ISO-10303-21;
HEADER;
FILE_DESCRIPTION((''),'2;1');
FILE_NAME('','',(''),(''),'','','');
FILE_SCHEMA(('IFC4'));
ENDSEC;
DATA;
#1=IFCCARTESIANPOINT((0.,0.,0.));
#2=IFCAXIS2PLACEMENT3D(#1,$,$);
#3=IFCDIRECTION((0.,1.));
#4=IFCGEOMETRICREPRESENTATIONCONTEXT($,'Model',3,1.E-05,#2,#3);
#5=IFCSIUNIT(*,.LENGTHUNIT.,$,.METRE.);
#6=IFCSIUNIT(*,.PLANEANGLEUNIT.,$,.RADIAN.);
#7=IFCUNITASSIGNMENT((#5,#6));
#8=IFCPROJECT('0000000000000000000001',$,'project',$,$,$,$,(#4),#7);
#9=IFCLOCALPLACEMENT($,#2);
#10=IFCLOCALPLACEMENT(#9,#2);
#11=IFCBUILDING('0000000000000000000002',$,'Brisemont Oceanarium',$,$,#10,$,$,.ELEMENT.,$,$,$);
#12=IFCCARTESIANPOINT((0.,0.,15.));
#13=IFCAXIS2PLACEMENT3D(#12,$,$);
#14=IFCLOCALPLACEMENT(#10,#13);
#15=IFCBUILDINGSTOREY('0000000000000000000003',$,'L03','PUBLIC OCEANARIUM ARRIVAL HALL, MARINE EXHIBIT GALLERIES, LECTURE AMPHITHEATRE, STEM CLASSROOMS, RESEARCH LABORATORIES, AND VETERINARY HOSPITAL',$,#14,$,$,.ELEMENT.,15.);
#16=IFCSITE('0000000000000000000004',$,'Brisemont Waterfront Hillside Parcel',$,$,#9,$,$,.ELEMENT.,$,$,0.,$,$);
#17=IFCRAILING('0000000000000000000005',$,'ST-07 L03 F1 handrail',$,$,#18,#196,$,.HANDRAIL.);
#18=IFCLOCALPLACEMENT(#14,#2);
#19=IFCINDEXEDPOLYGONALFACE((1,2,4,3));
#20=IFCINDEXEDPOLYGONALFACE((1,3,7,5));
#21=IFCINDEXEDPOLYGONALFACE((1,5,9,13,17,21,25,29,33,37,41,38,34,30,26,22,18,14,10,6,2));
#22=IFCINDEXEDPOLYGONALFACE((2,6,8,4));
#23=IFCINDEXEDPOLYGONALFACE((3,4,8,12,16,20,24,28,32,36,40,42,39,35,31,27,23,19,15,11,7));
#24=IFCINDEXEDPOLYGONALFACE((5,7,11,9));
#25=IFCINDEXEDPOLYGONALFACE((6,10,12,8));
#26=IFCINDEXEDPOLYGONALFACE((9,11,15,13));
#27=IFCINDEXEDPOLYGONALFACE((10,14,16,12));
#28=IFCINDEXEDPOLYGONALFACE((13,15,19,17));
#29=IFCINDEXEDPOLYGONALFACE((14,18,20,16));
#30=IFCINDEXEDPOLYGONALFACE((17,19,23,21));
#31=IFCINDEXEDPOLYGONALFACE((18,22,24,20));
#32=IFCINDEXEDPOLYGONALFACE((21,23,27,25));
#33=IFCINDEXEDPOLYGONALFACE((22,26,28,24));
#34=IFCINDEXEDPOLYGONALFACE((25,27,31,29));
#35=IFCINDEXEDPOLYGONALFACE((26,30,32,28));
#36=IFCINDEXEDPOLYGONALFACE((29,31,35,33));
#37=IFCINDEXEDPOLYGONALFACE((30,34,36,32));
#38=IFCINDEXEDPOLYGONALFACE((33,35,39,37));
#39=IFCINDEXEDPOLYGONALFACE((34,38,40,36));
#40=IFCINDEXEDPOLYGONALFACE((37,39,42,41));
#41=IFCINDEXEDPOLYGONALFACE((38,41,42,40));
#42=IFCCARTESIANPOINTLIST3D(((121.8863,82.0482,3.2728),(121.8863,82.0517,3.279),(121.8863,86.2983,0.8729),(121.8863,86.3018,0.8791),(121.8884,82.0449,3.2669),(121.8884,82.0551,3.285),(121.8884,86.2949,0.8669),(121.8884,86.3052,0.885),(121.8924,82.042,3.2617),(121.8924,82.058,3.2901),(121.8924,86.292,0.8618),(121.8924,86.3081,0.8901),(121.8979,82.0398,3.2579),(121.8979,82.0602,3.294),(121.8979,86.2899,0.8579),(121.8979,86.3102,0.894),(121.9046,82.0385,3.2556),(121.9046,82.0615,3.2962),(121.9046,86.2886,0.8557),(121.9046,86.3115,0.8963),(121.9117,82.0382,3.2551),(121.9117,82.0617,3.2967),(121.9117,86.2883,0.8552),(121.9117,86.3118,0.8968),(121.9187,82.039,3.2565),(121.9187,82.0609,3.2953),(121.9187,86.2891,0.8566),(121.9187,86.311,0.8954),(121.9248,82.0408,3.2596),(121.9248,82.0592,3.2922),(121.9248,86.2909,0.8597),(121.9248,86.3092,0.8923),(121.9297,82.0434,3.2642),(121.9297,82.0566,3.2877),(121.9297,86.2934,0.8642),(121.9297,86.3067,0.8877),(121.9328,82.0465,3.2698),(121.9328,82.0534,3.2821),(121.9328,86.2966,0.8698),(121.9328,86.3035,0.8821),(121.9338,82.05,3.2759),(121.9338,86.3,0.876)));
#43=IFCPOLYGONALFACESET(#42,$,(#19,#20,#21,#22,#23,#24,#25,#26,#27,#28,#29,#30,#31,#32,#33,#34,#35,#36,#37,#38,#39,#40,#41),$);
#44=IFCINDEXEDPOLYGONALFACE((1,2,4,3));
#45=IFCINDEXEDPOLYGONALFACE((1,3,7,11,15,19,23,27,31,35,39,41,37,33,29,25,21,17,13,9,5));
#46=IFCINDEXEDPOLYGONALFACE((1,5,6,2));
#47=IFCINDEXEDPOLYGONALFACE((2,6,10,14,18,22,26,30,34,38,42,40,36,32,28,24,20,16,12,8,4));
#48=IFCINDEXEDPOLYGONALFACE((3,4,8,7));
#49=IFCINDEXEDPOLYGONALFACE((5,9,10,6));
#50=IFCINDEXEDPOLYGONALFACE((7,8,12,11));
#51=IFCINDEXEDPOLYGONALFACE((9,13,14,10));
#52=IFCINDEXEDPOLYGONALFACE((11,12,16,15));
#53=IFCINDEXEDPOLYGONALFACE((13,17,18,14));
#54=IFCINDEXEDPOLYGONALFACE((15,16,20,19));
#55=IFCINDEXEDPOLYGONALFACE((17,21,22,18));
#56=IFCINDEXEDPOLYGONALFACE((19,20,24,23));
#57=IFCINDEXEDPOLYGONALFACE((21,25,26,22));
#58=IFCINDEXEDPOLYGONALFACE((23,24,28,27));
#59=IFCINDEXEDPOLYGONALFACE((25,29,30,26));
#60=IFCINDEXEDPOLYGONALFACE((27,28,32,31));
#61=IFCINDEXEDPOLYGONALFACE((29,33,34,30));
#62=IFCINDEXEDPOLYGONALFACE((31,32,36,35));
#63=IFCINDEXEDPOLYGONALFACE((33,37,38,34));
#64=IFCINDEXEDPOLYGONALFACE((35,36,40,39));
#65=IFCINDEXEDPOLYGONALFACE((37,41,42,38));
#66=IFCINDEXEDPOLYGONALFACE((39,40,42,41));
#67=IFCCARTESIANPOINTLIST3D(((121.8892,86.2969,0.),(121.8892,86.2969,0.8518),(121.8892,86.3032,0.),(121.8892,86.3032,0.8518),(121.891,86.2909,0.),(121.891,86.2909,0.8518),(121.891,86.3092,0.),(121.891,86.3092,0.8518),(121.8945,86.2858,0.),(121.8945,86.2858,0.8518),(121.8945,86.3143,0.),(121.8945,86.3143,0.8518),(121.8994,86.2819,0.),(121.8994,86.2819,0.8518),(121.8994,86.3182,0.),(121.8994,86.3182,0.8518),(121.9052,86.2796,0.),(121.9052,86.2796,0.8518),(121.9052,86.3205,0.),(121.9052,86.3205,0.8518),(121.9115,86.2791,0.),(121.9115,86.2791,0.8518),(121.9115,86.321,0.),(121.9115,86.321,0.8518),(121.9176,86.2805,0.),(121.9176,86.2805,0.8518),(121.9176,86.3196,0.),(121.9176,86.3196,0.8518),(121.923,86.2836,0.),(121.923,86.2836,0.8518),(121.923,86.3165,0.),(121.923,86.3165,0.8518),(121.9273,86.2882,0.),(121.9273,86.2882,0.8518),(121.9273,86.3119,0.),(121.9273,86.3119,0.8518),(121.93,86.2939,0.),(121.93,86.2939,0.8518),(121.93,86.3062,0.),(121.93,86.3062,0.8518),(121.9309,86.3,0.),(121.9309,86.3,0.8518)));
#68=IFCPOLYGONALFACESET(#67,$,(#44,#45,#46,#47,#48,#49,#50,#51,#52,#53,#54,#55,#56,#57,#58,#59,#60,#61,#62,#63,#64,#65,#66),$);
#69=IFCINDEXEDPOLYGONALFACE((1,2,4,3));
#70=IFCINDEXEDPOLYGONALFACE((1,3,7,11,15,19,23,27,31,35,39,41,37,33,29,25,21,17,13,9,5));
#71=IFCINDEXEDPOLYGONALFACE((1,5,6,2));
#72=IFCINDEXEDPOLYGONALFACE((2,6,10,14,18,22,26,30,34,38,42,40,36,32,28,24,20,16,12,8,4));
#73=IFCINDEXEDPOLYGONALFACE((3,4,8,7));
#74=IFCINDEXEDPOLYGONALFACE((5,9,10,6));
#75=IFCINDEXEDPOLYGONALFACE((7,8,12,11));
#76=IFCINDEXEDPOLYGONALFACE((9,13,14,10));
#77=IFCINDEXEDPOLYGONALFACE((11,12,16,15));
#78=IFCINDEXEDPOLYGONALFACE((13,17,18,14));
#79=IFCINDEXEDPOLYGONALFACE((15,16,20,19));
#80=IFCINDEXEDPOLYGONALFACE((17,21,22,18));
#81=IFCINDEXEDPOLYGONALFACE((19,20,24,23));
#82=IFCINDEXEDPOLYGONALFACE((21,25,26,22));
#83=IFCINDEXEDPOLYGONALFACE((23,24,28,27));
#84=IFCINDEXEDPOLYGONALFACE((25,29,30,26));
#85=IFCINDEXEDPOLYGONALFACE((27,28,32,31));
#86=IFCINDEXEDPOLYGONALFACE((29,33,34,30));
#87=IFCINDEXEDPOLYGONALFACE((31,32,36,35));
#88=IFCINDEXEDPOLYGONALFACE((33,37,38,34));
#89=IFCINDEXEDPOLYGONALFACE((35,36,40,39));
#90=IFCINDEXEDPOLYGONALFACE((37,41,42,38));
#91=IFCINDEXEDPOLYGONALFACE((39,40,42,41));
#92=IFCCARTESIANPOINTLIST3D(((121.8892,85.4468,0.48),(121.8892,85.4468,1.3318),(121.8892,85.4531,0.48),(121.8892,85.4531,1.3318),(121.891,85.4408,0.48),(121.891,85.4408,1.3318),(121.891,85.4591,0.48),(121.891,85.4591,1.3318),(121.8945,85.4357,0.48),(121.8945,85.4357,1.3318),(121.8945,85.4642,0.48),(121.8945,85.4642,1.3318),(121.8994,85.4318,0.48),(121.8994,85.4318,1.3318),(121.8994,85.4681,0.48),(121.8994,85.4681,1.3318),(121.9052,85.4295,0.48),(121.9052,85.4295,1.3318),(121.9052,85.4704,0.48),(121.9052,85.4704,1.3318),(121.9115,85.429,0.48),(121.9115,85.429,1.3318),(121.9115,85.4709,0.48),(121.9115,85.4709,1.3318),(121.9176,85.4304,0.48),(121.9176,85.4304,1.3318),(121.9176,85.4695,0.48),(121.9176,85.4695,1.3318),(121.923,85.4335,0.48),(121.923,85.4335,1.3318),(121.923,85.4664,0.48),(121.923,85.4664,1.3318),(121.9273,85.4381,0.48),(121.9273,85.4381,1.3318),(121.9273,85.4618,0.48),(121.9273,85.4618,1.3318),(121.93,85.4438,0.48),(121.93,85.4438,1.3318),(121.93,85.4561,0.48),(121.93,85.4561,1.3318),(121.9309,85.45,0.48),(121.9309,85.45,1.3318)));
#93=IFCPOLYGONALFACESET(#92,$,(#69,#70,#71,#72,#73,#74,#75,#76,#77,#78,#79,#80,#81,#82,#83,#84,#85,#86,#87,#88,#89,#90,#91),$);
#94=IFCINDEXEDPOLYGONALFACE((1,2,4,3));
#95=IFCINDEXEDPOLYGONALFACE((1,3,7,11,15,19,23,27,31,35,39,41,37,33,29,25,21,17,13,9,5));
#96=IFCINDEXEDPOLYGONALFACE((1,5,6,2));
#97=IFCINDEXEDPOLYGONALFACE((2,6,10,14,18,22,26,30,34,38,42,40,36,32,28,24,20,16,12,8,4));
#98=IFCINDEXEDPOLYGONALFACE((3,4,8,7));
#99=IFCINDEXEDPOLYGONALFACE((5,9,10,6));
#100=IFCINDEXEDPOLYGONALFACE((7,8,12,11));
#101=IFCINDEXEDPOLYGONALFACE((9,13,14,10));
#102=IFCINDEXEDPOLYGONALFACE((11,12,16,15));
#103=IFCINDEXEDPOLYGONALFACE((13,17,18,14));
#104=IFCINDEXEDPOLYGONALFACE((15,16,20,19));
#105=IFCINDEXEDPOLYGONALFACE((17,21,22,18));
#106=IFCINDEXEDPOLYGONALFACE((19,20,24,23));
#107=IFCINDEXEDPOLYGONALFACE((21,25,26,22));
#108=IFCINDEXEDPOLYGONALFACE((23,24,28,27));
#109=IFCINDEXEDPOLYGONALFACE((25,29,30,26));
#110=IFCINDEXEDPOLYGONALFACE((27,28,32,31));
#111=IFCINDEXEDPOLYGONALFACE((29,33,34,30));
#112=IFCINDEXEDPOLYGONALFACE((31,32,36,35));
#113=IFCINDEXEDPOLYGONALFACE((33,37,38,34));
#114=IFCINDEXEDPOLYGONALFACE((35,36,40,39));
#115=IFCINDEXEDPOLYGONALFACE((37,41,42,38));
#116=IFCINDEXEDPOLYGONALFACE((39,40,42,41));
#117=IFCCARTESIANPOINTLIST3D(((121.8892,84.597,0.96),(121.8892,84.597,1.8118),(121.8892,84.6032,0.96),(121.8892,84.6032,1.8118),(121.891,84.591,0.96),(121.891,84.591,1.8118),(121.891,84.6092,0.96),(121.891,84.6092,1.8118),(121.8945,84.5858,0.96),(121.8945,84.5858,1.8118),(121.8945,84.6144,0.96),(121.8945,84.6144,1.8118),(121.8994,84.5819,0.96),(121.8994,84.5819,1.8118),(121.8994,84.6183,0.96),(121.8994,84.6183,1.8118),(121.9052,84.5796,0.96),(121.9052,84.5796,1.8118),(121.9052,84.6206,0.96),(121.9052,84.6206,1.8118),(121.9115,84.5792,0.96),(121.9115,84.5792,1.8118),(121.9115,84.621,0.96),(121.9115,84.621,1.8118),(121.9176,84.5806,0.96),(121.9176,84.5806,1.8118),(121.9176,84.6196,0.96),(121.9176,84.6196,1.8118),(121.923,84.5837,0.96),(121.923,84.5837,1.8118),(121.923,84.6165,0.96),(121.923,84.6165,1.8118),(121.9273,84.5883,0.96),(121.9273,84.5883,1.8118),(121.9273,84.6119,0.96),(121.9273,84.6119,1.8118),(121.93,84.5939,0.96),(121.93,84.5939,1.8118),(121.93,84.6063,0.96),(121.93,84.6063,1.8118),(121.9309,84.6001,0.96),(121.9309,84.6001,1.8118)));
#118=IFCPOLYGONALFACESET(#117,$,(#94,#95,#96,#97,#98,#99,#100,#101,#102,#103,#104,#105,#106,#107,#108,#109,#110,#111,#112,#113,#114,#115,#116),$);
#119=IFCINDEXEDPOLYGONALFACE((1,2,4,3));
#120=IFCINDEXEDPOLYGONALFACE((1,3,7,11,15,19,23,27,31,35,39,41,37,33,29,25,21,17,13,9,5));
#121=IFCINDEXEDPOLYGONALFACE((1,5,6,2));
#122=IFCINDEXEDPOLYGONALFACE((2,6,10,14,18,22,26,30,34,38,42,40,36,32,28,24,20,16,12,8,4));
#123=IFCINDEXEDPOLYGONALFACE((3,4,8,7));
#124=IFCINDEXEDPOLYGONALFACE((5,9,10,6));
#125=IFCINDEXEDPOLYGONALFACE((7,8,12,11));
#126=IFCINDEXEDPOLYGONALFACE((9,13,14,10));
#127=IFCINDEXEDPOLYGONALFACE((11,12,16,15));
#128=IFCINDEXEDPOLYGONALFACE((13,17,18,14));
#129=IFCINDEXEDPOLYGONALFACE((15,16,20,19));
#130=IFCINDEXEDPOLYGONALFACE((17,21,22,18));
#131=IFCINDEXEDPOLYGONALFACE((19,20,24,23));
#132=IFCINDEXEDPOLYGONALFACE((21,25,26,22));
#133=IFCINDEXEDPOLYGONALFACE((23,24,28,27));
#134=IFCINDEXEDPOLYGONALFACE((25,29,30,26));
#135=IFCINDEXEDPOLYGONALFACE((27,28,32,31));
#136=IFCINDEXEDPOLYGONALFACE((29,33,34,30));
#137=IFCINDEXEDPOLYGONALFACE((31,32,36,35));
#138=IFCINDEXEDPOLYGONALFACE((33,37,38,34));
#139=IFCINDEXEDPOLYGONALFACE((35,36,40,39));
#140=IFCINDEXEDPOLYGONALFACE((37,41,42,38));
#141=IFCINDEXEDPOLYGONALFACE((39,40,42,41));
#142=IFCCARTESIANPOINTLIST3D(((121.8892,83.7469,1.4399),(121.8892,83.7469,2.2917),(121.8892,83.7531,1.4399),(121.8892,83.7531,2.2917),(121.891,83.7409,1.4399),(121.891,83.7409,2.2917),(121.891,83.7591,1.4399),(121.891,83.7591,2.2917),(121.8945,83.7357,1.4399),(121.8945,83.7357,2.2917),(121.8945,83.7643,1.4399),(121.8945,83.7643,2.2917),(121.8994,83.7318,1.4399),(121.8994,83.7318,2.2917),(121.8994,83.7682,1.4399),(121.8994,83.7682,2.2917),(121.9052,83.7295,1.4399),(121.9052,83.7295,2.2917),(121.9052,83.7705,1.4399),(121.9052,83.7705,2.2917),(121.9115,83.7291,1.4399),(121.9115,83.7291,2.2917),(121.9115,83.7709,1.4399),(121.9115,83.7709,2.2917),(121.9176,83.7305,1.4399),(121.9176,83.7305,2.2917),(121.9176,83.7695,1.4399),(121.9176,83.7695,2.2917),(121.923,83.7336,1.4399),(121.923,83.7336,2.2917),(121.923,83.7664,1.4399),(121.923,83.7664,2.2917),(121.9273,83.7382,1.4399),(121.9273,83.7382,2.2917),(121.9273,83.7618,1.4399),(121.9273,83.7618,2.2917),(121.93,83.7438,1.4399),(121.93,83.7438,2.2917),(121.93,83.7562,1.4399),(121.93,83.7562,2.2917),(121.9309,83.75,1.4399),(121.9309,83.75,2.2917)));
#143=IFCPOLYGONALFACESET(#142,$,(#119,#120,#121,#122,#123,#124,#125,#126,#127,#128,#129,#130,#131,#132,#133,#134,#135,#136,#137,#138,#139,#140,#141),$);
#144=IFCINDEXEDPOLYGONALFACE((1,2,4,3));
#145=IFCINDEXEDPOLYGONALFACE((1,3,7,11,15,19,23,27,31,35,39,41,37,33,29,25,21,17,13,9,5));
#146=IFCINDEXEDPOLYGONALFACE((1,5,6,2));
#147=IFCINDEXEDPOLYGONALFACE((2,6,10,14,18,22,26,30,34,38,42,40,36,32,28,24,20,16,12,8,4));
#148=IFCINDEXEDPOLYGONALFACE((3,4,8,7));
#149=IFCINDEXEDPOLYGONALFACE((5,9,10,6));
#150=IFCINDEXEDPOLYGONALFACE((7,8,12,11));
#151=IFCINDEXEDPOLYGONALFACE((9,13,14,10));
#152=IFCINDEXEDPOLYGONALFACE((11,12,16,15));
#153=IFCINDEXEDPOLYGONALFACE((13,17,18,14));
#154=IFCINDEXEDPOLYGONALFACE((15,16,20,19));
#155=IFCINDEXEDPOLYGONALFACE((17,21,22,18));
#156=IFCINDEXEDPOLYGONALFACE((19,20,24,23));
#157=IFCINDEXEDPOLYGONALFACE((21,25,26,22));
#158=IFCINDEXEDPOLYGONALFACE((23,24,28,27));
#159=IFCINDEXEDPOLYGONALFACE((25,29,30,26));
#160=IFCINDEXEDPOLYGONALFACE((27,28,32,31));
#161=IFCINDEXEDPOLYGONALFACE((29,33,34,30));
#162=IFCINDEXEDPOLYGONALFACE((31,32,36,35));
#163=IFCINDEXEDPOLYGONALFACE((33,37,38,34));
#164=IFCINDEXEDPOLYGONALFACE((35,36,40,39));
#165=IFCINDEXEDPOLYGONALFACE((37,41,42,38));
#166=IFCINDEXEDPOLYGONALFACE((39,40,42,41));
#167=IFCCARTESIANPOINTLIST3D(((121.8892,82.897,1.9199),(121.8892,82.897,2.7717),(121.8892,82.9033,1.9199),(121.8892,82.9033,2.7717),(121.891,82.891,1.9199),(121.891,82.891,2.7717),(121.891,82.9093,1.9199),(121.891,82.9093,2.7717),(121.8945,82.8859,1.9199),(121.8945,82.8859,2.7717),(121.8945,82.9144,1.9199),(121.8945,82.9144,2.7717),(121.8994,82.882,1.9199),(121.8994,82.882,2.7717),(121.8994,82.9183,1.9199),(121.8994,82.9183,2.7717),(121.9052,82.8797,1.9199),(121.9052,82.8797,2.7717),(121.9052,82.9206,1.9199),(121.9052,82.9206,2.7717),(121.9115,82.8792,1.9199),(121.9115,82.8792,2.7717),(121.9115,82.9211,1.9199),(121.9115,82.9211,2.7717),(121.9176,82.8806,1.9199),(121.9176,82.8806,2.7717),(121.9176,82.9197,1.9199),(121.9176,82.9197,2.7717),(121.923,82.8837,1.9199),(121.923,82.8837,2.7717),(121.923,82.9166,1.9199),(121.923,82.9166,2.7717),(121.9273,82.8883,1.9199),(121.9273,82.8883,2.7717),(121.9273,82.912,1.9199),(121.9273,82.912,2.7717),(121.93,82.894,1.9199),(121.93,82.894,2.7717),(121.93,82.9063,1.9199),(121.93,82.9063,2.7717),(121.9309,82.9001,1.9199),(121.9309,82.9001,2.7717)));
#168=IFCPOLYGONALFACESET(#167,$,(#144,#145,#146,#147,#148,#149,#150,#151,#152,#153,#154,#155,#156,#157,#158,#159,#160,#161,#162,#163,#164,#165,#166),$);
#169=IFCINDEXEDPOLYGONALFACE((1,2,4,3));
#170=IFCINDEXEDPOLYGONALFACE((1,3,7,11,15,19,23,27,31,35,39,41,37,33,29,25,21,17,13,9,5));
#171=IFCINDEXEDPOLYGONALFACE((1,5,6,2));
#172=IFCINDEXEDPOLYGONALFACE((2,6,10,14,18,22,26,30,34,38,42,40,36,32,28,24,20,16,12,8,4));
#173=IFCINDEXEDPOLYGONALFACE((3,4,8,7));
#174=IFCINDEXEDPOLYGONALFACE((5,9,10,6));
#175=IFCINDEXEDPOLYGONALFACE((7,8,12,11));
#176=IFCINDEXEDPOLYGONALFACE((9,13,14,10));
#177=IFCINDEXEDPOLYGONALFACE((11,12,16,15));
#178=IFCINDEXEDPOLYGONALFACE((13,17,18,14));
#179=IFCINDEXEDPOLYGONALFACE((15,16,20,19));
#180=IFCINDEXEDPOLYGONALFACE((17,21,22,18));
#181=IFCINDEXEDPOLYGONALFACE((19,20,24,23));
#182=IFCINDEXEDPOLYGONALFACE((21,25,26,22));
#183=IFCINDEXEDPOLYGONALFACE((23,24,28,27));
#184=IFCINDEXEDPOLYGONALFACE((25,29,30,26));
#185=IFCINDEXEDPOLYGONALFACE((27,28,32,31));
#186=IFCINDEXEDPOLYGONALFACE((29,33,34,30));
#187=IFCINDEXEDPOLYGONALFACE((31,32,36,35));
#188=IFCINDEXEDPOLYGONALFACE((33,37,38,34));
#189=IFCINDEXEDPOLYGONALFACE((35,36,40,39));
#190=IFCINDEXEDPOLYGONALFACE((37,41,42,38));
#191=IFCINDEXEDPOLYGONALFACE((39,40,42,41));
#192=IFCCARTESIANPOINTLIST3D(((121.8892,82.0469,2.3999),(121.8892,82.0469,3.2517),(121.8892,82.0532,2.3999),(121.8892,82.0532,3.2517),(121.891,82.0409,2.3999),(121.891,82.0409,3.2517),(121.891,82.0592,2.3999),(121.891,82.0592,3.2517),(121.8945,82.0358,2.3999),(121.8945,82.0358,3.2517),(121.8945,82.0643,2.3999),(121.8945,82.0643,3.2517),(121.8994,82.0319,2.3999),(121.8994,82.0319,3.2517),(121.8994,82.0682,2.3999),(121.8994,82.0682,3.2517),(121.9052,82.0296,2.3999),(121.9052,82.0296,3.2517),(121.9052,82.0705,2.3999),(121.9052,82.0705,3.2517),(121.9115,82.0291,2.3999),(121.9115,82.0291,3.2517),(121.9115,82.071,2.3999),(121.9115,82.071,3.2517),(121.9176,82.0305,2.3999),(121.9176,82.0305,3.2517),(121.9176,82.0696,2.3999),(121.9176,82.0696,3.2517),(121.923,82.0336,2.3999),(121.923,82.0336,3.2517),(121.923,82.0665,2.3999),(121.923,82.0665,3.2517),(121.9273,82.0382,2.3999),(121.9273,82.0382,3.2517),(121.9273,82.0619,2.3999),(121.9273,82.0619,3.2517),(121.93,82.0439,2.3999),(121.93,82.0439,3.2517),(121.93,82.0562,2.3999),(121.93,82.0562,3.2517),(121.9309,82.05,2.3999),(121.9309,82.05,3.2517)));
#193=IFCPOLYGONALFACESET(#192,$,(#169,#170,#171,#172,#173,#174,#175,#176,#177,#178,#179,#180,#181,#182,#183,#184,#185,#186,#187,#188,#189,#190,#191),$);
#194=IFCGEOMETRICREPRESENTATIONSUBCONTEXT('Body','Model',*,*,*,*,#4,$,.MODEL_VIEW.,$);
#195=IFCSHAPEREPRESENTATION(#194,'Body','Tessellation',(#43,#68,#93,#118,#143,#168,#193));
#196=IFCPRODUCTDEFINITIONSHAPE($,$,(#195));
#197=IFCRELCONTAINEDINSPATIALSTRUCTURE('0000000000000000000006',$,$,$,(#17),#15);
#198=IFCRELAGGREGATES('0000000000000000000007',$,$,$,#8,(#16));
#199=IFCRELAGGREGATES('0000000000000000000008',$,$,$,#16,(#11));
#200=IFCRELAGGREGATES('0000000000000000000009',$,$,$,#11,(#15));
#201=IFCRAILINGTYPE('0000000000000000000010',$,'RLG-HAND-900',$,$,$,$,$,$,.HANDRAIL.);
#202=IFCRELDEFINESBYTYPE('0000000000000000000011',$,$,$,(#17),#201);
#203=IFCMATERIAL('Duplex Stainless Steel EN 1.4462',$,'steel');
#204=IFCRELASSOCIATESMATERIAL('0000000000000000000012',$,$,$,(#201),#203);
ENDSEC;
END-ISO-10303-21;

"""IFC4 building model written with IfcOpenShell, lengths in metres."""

from ifc_helpers import new_model, si_unit, direction, frame, origin, origin_2d, place, context, subcontext, project, spatial, circle, extrude, material, type_object, element, save


model = new_model("IFC4")

# Units and contexts
model_context = context("Model", 3, precision=1e-05, world=origin(), true_north=direction((0.0, 1.0)))
body_context = subcontext(model_context, "Body", "Model", "MODEL_VIEW")
ifc_project = project(units=[si_unit("LENGTHUNIT", "METRE"), si_unit("PLANEANGLEUNIT", "RADIAN")], contexts=[model_context])

# Site, building, storey
site_placement = place(None, origin())
site = spatial("IfcSite", under=ifc_project, at=site_placement, Name="Brisemont Waterfront Hillside Parcel", CompositionType="ELEMENT", RefElevation=0.0)
building_placement = place(site_placement, origin())
building = spatial("IfcBuilding", under=site, at=building_placement, Name="Brisemont Oceanarium", CompositionType="ELEMENT")
storey_placement = place(building_placement, frame((0.0, 0.0, 15.0)))
storey = spatial("IfcBuildingStorey", under=building, at=storey_placement, Name="L03", Description="PUBLIC OCEANARIUM ARRIVAL HALL, MARINE EXHIBIT GALLERIES, LECTURE AMPHITHEATRE, STEM CLASSROOMS, RESEARCH LABORATORIES, AND VETERINARY HOSPITAL", CompositionType="ELEMENT", Elevation=15.0)

# Railing
ifc_material_1 = material(Name="Duplex Stainless Steel EN 1.4462", Category="steel")
railing_type_1 = type_object("IfcRailingType", Name="RLG-HAND-900", PredefinedType="HANDRAIL", material=ifc_material_1)
railing_1_placement = place(storey_placement, frame((121.9099, 86.3, 0.0)))
element("IfcRailing", 1, at=railing_1_placement, inside=storey, type_object=railing_type_1, Name="ST-07 L03 F1 handrail", PredefinedType="HANDRAIL", context=body_context, shape_type="SweptSolid", body=[
    extrude(circle(Radius=0.0239, at=origin_2d()), frame((0.0, 0.0, 0.876), z_axis=(0.0, -0.870762, 0.491704), x_axis=(1.0, 0.0, 0.0)), (0.0, 0.0, 1.0), 4.8809),
    extrude(circle(Radius=0.021, at=origin_2d()), origin(), (0.0, 0.0, 1.0), 0.8518),
    extrude(circle(Radius=0.021, at=origin_2d()), frame((0.0, -0.8501, 0.48)), (0.0, 0.0, 1.0), 0.8518),
    extrude(circle(Radius=0.021, at=origin_2d()), frame((0.0, -1.7, 0.96)), (0.0, 0.0, 1.0), 0.8518),
    extrude(circle(Radius=0.021, at=origin_2d()), frame((0.0, -2.55, 1.4399)), (0.0, 0.0, 1.0), 0.8518),
    extrude(circle(Radius=0.021, at=origin_2d()), frame((0.0, -3.3999, 1.9199)), (0.0, 0.0, 1.0), 0.8518),
    extrude(circle(Radius=0.021, at=origin_2d()), frame((0.0, -4.25, 2.3999)), (0.0, 0.0, 1.0), 0.8518),
])

save(model, "model.ifc")
